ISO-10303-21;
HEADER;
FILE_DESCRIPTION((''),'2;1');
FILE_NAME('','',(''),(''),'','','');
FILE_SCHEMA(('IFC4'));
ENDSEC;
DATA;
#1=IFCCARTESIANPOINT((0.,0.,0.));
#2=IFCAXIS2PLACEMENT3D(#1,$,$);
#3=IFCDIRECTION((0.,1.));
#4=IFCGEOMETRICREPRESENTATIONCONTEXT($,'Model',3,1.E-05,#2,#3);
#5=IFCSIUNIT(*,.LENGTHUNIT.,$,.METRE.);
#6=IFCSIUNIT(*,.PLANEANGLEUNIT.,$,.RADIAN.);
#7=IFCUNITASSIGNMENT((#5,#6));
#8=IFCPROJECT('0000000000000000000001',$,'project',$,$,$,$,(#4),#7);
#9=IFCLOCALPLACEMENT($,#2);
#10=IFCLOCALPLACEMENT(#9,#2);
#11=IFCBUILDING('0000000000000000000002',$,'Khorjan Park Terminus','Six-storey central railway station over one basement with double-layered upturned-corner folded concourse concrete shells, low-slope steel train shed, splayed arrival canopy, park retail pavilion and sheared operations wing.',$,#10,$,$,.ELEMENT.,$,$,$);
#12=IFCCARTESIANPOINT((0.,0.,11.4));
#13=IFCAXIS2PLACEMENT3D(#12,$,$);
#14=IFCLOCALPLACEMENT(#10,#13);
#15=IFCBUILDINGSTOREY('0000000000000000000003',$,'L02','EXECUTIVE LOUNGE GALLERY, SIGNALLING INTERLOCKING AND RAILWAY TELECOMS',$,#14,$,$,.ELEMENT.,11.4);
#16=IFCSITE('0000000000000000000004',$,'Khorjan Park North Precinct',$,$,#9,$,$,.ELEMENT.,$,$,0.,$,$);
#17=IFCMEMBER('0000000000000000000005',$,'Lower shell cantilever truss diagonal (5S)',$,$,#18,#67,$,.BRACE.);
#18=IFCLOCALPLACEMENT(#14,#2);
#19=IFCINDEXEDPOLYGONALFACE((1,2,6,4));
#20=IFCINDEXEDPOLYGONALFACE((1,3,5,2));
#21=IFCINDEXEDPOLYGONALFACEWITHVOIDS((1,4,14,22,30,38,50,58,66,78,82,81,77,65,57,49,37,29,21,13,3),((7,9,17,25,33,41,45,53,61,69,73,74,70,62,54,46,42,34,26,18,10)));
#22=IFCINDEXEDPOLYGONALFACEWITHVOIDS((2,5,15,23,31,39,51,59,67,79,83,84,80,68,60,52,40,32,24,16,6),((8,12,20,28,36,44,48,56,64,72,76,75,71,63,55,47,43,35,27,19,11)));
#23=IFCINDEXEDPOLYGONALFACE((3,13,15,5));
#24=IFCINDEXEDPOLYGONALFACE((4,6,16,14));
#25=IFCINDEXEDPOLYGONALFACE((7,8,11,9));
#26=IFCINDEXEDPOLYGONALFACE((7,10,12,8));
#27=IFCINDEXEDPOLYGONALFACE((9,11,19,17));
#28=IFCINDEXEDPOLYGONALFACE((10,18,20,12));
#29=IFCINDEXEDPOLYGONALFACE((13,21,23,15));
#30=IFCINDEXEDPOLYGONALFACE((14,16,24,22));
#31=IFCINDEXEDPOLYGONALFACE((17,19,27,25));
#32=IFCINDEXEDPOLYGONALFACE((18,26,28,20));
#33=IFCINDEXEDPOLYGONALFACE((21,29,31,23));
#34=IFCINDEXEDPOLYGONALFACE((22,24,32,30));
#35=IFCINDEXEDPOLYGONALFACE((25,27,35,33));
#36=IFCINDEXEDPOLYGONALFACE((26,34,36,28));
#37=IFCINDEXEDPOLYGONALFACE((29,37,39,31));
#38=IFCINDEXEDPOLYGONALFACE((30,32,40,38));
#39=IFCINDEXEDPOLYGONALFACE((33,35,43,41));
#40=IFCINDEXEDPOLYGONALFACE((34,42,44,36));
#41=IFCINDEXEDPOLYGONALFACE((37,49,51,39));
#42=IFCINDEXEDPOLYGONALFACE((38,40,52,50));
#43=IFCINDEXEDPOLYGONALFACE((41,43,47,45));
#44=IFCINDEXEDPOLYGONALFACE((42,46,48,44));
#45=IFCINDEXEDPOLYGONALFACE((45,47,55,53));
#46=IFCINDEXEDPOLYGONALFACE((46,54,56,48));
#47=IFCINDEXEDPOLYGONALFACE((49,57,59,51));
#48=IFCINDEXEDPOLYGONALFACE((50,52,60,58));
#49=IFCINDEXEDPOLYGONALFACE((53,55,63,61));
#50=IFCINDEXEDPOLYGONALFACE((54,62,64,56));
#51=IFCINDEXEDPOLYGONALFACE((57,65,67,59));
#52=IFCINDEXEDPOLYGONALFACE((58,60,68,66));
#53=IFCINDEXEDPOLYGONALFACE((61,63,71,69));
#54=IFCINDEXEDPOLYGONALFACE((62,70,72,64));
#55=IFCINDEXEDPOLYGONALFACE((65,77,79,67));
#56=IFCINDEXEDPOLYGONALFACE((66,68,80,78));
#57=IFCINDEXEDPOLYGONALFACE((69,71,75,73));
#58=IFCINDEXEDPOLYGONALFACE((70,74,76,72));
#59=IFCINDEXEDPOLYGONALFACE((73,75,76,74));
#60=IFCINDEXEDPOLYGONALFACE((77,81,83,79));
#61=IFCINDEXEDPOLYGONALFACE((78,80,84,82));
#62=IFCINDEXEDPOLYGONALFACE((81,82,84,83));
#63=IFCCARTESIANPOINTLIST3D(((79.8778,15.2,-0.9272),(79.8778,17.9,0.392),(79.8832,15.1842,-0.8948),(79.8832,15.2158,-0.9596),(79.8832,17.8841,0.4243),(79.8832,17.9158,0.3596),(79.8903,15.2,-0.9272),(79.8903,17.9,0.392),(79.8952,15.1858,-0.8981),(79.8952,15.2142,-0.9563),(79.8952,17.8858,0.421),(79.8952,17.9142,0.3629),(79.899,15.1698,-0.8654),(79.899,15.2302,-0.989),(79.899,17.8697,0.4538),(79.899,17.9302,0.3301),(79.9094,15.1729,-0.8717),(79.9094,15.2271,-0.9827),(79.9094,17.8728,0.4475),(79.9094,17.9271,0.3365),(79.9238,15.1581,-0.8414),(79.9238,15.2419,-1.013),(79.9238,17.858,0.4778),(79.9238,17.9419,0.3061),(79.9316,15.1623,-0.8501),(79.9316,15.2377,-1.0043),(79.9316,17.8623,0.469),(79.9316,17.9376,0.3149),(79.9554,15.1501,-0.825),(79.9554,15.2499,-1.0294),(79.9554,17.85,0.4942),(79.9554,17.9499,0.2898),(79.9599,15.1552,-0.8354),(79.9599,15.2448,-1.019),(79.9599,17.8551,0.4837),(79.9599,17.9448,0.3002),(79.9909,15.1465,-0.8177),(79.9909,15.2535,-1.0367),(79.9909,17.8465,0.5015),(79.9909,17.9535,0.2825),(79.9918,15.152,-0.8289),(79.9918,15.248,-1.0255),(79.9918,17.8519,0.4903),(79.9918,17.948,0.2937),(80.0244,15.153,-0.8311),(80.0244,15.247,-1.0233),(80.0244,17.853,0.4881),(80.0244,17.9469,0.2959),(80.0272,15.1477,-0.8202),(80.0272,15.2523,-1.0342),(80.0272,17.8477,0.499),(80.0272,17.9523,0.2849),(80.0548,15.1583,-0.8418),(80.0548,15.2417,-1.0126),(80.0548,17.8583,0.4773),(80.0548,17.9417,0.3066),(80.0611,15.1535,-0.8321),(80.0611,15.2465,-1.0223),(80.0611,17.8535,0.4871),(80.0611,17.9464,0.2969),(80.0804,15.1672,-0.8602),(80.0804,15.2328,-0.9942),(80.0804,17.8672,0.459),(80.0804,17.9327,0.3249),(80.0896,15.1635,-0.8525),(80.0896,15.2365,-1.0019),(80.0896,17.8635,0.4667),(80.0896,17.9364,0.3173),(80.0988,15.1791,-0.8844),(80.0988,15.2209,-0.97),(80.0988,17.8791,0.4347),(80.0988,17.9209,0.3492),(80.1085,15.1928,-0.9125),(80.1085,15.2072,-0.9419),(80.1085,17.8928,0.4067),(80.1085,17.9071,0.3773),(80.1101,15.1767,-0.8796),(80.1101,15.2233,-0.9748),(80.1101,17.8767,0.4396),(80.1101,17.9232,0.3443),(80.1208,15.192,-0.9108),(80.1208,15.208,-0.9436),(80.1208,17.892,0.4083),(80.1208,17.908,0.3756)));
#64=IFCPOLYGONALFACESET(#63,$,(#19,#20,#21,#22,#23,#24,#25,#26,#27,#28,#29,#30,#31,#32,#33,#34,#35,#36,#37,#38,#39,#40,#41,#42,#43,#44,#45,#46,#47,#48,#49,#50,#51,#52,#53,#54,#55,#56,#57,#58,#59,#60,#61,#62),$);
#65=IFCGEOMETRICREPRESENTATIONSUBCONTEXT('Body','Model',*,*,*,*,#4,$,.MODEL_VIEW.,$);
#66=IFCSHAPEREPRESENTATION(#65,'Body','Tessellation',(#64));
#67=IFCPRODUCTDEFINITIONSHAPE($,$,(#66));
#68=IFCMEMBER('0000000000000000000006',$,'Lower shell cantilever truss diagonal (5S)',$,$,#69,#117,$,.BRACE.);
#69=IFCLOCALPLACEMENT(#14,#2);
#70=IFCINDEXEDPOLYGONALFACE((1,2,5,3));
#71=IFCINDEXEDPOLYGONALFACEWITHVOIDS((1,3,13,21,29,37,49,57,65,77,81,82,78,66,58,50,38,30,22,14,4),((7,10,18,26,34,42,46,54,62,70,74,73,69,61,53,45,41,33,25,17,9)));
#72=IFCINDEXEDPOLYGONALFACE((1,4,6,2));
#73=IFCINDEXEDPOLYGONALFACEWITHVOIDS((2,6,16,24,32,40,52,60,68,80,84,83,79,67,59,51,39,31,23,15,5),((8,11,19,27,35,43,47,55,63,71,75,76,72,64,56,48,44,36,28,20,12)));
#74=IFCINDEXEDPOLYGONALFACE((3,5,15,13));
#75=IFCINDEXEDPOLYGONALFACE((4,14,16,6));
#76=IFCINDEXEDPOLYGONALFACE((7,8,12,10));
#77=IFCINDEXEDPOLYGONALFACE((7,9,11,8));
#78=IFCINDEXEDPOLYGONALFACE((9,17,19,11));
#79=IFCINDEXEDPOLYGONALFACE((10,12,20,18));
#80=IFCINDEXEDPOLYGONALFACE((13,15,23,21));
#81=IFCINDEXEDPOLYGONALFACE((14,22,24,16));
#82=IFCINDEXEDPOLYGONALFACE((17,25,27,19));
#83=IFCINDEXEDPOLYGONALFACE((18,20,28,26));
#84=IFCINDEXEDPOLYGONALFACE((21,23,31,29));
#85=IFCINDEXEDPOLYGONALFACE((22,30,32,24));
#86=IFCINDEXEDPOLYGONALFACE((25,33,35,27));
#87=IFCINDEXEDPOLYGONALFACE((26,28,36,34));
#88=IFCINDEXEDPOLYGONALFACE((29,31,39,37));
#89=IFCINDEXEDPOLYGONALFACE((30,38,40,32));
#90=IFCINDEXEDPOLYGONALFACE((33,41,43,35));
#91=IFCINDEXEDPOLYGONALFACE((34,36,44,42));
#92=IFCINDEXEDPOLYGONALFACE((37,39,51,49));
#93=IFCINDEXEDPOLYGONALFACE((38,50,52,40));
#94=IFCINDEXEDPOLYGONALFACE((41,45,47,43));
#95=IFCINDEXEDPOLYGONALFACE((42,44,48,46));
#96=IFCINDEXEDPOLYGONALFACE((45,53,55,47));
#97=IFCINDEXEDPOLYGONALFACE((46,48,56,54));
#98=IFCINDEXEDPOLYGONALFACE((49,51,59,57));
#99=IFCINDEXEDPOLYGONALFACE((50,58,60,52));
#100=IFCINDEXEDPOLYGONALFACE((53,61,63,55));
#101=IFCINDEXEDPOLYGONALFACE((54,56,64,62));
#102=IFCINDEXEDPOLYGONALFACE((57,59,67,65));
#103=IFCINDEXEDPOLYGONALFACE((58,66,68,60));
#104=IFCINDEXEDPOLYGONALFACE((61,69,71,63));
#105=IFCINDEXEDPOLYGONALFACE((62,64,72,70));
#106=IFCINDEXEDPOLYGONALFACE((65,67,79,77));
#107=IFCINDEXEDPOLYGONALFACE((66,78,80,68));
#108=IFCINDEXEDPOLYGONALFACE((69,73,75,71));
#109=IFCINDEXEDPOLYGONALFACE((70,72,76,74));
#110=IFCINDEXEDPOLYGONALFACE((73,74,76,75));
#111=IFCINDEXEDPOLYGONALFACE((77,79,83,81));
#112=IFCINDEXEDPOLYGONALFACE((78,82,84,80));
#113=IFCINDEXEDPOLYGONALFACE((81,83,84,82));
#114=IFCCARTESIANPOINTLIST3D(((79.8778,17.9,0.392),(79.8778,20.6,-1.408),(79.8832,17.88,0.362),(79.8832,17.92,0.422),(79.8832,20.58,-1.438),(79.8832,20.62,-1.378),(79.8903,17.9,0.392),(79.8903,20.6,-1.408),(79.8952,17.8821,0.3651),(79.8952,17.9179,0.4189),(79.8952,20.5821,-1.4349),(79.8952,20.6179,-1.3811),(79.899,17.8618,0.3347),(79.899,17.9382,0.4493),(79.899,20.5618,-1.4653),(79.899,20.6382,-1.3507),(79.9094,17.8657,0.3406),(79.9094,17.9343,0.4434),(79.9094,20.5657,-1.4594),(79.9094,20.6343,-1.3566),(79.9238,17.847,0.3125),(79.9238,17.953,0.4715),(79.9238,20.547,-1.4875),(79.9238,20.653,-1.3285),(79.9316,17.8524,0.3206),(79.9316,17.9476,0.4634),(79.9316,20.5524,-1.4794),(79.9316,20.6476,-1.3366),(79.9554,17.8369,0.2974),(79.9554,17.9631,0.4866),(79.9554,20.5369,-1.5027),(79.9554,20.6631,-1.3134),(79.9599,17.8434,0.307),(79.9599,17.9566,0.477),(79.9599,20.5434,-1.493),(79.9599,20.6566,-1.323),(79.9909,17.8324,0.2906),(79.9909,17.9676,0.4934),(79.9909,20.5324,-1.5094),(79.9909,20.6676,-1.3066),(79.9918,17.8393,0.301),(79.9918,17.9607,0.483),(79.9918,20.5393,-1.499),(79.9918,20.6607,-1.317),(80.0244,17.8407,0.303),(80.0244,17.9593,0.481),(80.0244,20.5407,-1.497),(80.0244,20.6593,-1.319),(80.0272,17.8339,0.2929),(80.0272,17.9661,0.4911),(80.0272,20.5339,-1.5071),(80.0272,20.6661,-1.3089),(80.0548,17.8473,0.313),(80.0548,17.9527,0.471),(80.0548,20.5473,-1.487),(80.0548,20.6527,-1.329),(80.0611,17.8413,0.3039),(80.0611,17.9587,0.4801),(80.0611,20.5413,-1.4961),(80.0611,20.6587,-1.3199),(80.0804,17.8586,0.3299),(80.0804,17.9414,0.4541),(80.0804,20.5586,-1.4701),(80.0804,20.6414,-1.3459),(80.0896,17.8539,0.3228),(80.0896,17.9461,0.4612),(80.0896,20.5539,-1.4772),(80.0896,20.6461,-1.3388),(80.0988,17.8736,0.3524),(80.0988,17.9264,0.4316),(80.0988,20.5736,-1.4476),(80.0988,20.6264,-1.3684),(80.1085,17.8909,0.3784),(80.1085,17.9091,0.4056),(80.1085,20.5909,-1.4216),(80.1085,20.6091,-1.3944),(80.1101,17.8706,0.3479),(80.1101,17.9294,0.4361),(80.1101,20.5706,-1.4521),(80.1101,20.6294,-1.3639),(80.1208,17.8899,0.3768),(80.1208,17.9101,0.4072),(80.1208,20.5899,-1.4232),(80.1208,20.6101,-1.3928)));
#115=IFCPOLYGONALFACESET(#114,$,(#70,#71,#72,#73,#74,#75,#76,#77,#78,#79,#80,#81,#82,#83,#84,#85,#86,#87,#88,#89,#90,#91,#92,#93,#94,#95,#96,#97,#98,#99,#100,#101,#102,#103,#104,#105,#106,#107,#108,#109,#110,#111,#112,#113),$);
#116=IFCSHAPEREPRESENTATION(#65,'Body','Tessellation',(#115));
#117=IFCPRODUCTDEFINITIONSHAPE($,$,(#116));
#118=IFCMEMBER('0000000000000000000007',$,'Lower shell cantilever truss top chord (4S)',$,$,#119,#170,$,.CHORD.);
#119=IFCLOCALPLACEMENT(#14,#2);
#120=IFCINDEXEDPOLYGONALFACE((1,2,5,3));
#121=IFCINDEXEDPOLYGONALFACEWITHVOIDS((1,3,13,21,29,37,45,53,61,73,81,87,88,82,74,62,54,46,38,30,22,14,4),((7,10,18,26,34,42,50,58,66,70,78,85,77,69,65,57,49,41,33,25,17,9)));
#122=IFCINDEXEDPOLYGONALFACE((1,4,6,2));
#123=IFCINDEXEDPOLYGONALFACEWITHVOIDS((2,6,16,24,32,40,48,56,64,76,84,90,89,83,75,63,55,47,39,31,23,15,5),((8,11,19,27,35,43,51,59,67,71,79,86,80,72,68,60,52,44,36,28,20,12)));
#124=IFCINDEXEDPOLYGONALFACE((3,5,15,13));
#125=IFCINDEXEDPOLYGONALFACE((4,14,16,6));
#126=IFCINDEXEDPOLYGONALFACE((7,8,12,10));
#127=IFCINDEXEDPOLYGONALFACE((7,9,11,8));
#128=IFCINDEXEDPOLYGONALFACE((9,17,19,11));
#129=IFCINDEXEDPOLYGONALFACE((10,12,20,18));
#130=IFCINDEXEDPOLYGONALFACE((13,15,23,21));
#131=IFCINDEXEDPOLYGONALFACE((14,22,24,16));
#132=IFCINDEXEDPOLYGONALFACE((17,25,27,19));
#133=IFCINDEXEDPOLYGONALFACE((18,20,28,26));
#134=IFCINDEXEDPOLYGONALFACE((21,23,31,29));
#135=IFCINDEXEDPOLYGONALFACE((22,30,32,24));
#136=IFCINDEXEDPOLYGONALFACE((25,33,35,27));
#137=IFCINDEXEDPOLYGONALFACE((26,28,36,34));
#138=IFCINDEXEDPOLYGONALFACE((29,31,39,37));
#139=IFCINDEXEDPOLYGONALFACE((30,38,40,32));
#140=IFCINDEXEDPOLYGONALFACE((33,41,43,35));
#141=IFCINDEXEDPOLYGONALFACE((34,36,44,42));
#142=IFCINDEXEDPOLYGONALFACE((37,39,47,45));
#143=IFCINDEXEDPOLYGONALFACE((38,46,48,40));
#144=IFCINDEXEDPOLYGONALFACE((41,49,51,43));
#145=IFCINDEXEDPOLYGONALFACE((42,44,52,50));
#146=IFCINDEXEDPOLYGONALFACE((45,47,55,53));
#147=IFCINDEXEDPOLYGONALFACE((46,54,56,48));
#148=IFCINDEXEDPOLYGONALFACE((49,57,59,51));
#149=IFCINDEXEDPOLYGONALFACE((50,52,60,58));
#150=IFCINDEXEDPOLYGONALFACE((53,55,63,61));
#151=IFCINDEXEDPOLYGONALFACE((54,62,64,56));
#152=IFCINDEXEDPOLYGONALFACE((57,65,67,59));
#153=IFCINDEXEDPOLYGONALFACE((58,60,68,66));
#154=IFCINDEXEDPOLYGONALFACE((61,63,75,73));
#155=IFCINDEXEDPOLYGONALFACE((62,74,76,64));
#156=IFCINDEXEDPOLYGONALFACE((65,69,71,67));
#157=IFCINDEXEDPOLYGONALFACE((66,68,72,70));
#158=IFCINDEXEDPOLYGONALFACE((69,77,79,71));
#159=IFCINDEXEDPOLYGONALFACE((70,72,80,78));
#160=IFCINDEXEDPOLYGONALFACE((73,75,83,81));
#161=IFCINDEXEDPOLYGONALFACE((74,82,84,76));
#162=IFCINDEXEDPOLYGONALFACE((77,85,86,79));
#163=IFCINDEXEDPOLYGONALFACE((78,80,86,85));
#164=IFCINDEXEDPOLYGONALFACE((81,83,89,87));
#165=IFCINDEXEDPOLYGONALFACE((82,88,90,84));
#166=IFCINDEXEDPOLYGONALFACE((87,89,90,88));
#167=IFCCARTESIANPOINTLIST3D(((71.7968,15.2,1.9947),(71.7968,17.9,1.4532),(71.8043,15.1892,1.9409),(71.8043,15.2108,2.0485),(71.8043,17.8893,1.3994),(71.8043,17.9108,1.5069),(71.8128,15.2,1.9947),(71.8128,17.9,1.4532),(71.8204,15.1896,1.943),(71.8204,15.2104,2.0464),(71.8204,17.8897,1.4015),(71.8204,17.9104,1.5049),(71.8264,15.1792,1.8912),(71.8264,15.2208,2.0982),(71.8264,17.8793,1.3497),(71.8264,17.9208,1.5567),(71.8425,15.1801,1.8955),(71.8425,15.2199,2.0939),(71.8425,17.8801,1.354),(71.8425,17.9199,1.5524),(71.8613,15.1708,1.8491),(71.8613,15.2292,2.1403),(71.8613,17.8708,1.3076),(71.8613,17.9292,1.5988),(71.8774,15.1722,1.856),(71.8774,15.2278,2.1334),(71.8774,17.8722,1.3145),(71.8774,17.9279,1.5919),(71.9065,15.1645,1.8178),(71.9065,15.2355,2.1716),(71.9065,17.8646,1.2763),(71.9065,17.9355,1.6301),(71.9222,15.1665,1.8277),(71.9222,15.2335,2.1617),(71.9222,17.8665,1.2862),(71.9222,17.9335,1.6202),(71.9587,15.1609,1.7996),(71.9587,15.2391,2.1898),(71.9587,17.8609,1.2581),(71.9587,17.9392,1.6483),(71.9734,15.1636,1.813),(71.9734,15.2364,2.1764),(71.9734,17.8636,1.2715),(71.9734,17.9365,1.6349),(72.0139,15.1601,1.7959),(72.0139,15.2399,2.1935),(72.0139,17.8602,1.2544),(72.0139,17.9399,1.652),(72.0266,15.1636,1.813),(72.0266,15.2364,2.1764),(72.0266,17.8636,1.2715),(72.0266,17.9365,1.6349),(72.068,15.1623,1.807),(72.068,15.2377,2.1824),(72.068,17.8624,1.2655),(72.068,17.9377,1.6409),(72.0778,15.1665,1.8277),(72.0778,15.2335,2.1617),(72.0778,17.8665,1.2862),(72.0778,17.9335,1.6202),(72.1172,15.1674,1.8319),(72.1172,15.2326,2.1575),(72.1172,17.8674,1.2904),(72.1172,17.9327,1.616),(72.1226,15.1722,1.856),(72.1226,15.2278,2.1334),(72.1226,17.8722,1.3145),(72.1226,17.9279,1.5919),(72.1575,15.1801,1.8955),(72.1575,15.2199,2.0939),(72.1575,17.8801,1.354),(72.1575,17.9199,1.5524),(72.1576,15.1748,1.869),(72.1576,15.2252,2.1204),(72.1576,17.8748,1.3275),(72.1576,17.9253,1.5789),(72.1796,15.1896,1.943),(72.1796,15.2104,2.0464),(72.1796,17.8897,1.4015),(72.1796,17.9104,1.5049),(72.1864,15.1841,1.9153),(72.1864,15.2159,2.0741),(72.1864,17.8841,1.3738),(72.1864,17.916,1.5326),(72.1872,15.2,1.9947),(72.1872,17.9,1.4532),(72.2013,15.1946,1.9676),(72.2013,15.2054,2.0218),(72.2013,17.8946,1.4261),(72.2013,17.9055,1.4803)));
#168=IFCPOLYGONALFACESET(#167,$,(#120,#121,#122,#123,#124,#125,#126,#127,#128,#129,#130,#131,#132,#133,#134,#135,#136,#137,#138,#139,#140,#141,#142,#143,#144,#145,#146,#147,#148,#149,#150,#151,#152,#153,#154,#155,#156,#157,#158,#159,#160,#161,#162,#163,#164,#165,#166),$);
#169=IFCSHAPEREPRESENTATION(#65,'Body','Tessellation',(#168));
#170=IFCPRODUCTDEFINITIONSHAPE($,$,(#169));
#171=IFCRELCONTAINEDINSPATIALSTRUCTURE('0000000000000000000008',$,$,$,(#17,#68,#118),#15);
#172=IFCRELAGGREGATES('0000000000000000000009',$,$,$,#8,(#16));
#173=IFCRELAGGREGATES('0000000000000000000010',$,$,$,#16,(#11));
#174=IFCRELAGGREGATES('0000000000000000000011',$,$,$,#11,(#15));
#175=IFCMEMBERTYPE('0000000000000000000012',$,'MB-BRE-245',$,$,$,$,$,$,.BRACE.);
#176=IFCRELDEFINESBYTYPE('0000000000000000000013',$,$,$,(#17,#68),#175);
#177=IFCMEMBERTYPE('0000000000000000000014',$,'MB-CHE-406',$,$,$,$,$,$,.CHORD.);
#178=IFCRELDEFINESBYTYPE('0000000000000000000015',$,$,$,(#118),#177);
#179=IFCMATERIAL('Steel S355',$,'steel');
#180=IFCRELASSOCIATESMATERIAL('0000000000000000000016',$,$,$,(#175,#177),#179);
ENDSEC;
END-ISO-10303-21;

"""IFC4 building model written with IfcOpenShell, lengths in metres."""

from ifc_helpers import new_model, si_unit, direction, frame, origin, origin_2d, place, context, subcontext, project, spatial, hollow_circle, extrude, material, material_profile, profile_set, type_object, element, save


model = new_model("IFC4")

# Units and contexts
model_context = context("Model", 3, precision=1e-05, world=origin(), true_north=direction((0.0, 1.0)))
body_context = subcontext(model_context, "Body", "Model", "MODEL_VIEW")
ifc_project = project(units=[si_unit("LENGTHUNIT", "METRE"), si_unit("PLANEANGLEUNIT", "RADIAN")], contexts=[model_context])

# Site, building, storey
site_placement = place(None, origin())
site = spatial("IfcSite", under=ifc_project, at=site_placement, Name="Khorjan Park North Precinct", CompositionType="ELEMENT", RefElevation=0.0)
building_placement = place(site_placement, origin())
building = spatial("IfcBuilding", under=site, at=building_placement, Name="Khorjan Park Terminus", Description="Six-storey central railway station over one basement with double-layered upturned-corner folded concourse concrete shells, low-slope steel train shed, splayed arrival canopy, park retail pavilion and sheared operations wing.", CompositionType="ELEMENT")
storey_placement = place(building_placement, frame((0.0, 0.0, 11.4)))
storey = spatial("IfcBuildingStorey", under=building, at=storey_placement, Name="L02", Description="EXECUTIVE LOUNGE GALLERY, SIGNALLING INTERLOCKING AND RAILWAY TELECOMS", CompositionType="ELEMENT", Elevation=11.4)

# Members
ifc_material_1 = material(Name="Steel S355", Category="steel")
ifc_material_profile_1 = material_profile(ifc_material_1, hollow_circle(Radius=0.1222, WallThickness=0.0125, at=origin_2d()), Name="CHS 244.5x12.5")
ifc_profile_set_1 = profile_set([ifc_material_profile_1], Name="Steel S355")
member_type_1 = type_object("IfcMemberType", Name="MB-BRE-245", PredefinedType="BRACE", material=ifc_profile_set_1)
member_1_placement = place(storey_placement, frame((80.0, 15.2, -0.9272), z_axis=(0.0, 0.898489, 0.438995), x_axis=(-1.0, 0.0, 0.0)))
element("IfcMember", 1, at=member_1_placement, inside=storey, type_object=member_type_1, Name="Lower shell cantilever truss diagonal (5S)", PredefinedType="BRACE", context=body_context, shape_type="SweptSolid", body=[
    extrude(hollow_circle(Radius=0.1222, WallThickness=0.0125, at=origin_2d()), origin(), (0.0, 0.0, 1.0), 3.005),
])
member_2_placement = place(storey_placement, frame((80.0, 17.9, 0.392), z_axis=(0.0, 0.83205, -0.5547), x_axis=(-1.0, 0.0, 0.0)))
element("IfcMember", 2, at=member_2_placement, inside=storey, type_object=member_type_1, Name="Lower shell cantilever truss diagonal (5S)", PredefinedType="BRACE", context=body_context, shape_type="SweptSolid", body=[
    extrude(hollow_circle(Radius=0.1222, WallThickness=0.0125, at=origin_2d()), origin(), (0.0, 0.0, 1.0), 3.245),
])
ifc_material_profile_2 = material_profile(ifc_material_1, hollow_circle(Radius=0.2032, WallThickness=0.016, at=origin_2d()), Name="CHS 406.4x16")
ifc_profile_set_2 = profile_set([ifc_material_profile_2], Name="Steel S355")
member_type_2 = type_object("IfcMemberType", Name="MB-CHE-406", PredefinedType="CHORD", material=ifc_profile_set_2)
for number, where, z_axis, x_axis, name in (
    (3, (72.0, 15.2, 1.9947), (0.0, 0.980476, -0.19664), (-1.0, 0.0, 0.0), "Lower shell cantilever truss top chord (4S)"),
):
    element("IfcMember", number, at=place(storey_placement, frame(where, z_axis=z_axis, x_axis=x_axis)), inside=storey, type_object=member_type_2, Name=name, PredefinedType="CHORD", context=body_context, shape_type="SweptSolid", body=[
        extrude(hollow_circle(Radius=0.2032, WallThickness=0.016, at=origin_2d()), origin(), (0.0, 0.0, 1.0), 2.7538),
    ])

save(model, "model.ifc")
